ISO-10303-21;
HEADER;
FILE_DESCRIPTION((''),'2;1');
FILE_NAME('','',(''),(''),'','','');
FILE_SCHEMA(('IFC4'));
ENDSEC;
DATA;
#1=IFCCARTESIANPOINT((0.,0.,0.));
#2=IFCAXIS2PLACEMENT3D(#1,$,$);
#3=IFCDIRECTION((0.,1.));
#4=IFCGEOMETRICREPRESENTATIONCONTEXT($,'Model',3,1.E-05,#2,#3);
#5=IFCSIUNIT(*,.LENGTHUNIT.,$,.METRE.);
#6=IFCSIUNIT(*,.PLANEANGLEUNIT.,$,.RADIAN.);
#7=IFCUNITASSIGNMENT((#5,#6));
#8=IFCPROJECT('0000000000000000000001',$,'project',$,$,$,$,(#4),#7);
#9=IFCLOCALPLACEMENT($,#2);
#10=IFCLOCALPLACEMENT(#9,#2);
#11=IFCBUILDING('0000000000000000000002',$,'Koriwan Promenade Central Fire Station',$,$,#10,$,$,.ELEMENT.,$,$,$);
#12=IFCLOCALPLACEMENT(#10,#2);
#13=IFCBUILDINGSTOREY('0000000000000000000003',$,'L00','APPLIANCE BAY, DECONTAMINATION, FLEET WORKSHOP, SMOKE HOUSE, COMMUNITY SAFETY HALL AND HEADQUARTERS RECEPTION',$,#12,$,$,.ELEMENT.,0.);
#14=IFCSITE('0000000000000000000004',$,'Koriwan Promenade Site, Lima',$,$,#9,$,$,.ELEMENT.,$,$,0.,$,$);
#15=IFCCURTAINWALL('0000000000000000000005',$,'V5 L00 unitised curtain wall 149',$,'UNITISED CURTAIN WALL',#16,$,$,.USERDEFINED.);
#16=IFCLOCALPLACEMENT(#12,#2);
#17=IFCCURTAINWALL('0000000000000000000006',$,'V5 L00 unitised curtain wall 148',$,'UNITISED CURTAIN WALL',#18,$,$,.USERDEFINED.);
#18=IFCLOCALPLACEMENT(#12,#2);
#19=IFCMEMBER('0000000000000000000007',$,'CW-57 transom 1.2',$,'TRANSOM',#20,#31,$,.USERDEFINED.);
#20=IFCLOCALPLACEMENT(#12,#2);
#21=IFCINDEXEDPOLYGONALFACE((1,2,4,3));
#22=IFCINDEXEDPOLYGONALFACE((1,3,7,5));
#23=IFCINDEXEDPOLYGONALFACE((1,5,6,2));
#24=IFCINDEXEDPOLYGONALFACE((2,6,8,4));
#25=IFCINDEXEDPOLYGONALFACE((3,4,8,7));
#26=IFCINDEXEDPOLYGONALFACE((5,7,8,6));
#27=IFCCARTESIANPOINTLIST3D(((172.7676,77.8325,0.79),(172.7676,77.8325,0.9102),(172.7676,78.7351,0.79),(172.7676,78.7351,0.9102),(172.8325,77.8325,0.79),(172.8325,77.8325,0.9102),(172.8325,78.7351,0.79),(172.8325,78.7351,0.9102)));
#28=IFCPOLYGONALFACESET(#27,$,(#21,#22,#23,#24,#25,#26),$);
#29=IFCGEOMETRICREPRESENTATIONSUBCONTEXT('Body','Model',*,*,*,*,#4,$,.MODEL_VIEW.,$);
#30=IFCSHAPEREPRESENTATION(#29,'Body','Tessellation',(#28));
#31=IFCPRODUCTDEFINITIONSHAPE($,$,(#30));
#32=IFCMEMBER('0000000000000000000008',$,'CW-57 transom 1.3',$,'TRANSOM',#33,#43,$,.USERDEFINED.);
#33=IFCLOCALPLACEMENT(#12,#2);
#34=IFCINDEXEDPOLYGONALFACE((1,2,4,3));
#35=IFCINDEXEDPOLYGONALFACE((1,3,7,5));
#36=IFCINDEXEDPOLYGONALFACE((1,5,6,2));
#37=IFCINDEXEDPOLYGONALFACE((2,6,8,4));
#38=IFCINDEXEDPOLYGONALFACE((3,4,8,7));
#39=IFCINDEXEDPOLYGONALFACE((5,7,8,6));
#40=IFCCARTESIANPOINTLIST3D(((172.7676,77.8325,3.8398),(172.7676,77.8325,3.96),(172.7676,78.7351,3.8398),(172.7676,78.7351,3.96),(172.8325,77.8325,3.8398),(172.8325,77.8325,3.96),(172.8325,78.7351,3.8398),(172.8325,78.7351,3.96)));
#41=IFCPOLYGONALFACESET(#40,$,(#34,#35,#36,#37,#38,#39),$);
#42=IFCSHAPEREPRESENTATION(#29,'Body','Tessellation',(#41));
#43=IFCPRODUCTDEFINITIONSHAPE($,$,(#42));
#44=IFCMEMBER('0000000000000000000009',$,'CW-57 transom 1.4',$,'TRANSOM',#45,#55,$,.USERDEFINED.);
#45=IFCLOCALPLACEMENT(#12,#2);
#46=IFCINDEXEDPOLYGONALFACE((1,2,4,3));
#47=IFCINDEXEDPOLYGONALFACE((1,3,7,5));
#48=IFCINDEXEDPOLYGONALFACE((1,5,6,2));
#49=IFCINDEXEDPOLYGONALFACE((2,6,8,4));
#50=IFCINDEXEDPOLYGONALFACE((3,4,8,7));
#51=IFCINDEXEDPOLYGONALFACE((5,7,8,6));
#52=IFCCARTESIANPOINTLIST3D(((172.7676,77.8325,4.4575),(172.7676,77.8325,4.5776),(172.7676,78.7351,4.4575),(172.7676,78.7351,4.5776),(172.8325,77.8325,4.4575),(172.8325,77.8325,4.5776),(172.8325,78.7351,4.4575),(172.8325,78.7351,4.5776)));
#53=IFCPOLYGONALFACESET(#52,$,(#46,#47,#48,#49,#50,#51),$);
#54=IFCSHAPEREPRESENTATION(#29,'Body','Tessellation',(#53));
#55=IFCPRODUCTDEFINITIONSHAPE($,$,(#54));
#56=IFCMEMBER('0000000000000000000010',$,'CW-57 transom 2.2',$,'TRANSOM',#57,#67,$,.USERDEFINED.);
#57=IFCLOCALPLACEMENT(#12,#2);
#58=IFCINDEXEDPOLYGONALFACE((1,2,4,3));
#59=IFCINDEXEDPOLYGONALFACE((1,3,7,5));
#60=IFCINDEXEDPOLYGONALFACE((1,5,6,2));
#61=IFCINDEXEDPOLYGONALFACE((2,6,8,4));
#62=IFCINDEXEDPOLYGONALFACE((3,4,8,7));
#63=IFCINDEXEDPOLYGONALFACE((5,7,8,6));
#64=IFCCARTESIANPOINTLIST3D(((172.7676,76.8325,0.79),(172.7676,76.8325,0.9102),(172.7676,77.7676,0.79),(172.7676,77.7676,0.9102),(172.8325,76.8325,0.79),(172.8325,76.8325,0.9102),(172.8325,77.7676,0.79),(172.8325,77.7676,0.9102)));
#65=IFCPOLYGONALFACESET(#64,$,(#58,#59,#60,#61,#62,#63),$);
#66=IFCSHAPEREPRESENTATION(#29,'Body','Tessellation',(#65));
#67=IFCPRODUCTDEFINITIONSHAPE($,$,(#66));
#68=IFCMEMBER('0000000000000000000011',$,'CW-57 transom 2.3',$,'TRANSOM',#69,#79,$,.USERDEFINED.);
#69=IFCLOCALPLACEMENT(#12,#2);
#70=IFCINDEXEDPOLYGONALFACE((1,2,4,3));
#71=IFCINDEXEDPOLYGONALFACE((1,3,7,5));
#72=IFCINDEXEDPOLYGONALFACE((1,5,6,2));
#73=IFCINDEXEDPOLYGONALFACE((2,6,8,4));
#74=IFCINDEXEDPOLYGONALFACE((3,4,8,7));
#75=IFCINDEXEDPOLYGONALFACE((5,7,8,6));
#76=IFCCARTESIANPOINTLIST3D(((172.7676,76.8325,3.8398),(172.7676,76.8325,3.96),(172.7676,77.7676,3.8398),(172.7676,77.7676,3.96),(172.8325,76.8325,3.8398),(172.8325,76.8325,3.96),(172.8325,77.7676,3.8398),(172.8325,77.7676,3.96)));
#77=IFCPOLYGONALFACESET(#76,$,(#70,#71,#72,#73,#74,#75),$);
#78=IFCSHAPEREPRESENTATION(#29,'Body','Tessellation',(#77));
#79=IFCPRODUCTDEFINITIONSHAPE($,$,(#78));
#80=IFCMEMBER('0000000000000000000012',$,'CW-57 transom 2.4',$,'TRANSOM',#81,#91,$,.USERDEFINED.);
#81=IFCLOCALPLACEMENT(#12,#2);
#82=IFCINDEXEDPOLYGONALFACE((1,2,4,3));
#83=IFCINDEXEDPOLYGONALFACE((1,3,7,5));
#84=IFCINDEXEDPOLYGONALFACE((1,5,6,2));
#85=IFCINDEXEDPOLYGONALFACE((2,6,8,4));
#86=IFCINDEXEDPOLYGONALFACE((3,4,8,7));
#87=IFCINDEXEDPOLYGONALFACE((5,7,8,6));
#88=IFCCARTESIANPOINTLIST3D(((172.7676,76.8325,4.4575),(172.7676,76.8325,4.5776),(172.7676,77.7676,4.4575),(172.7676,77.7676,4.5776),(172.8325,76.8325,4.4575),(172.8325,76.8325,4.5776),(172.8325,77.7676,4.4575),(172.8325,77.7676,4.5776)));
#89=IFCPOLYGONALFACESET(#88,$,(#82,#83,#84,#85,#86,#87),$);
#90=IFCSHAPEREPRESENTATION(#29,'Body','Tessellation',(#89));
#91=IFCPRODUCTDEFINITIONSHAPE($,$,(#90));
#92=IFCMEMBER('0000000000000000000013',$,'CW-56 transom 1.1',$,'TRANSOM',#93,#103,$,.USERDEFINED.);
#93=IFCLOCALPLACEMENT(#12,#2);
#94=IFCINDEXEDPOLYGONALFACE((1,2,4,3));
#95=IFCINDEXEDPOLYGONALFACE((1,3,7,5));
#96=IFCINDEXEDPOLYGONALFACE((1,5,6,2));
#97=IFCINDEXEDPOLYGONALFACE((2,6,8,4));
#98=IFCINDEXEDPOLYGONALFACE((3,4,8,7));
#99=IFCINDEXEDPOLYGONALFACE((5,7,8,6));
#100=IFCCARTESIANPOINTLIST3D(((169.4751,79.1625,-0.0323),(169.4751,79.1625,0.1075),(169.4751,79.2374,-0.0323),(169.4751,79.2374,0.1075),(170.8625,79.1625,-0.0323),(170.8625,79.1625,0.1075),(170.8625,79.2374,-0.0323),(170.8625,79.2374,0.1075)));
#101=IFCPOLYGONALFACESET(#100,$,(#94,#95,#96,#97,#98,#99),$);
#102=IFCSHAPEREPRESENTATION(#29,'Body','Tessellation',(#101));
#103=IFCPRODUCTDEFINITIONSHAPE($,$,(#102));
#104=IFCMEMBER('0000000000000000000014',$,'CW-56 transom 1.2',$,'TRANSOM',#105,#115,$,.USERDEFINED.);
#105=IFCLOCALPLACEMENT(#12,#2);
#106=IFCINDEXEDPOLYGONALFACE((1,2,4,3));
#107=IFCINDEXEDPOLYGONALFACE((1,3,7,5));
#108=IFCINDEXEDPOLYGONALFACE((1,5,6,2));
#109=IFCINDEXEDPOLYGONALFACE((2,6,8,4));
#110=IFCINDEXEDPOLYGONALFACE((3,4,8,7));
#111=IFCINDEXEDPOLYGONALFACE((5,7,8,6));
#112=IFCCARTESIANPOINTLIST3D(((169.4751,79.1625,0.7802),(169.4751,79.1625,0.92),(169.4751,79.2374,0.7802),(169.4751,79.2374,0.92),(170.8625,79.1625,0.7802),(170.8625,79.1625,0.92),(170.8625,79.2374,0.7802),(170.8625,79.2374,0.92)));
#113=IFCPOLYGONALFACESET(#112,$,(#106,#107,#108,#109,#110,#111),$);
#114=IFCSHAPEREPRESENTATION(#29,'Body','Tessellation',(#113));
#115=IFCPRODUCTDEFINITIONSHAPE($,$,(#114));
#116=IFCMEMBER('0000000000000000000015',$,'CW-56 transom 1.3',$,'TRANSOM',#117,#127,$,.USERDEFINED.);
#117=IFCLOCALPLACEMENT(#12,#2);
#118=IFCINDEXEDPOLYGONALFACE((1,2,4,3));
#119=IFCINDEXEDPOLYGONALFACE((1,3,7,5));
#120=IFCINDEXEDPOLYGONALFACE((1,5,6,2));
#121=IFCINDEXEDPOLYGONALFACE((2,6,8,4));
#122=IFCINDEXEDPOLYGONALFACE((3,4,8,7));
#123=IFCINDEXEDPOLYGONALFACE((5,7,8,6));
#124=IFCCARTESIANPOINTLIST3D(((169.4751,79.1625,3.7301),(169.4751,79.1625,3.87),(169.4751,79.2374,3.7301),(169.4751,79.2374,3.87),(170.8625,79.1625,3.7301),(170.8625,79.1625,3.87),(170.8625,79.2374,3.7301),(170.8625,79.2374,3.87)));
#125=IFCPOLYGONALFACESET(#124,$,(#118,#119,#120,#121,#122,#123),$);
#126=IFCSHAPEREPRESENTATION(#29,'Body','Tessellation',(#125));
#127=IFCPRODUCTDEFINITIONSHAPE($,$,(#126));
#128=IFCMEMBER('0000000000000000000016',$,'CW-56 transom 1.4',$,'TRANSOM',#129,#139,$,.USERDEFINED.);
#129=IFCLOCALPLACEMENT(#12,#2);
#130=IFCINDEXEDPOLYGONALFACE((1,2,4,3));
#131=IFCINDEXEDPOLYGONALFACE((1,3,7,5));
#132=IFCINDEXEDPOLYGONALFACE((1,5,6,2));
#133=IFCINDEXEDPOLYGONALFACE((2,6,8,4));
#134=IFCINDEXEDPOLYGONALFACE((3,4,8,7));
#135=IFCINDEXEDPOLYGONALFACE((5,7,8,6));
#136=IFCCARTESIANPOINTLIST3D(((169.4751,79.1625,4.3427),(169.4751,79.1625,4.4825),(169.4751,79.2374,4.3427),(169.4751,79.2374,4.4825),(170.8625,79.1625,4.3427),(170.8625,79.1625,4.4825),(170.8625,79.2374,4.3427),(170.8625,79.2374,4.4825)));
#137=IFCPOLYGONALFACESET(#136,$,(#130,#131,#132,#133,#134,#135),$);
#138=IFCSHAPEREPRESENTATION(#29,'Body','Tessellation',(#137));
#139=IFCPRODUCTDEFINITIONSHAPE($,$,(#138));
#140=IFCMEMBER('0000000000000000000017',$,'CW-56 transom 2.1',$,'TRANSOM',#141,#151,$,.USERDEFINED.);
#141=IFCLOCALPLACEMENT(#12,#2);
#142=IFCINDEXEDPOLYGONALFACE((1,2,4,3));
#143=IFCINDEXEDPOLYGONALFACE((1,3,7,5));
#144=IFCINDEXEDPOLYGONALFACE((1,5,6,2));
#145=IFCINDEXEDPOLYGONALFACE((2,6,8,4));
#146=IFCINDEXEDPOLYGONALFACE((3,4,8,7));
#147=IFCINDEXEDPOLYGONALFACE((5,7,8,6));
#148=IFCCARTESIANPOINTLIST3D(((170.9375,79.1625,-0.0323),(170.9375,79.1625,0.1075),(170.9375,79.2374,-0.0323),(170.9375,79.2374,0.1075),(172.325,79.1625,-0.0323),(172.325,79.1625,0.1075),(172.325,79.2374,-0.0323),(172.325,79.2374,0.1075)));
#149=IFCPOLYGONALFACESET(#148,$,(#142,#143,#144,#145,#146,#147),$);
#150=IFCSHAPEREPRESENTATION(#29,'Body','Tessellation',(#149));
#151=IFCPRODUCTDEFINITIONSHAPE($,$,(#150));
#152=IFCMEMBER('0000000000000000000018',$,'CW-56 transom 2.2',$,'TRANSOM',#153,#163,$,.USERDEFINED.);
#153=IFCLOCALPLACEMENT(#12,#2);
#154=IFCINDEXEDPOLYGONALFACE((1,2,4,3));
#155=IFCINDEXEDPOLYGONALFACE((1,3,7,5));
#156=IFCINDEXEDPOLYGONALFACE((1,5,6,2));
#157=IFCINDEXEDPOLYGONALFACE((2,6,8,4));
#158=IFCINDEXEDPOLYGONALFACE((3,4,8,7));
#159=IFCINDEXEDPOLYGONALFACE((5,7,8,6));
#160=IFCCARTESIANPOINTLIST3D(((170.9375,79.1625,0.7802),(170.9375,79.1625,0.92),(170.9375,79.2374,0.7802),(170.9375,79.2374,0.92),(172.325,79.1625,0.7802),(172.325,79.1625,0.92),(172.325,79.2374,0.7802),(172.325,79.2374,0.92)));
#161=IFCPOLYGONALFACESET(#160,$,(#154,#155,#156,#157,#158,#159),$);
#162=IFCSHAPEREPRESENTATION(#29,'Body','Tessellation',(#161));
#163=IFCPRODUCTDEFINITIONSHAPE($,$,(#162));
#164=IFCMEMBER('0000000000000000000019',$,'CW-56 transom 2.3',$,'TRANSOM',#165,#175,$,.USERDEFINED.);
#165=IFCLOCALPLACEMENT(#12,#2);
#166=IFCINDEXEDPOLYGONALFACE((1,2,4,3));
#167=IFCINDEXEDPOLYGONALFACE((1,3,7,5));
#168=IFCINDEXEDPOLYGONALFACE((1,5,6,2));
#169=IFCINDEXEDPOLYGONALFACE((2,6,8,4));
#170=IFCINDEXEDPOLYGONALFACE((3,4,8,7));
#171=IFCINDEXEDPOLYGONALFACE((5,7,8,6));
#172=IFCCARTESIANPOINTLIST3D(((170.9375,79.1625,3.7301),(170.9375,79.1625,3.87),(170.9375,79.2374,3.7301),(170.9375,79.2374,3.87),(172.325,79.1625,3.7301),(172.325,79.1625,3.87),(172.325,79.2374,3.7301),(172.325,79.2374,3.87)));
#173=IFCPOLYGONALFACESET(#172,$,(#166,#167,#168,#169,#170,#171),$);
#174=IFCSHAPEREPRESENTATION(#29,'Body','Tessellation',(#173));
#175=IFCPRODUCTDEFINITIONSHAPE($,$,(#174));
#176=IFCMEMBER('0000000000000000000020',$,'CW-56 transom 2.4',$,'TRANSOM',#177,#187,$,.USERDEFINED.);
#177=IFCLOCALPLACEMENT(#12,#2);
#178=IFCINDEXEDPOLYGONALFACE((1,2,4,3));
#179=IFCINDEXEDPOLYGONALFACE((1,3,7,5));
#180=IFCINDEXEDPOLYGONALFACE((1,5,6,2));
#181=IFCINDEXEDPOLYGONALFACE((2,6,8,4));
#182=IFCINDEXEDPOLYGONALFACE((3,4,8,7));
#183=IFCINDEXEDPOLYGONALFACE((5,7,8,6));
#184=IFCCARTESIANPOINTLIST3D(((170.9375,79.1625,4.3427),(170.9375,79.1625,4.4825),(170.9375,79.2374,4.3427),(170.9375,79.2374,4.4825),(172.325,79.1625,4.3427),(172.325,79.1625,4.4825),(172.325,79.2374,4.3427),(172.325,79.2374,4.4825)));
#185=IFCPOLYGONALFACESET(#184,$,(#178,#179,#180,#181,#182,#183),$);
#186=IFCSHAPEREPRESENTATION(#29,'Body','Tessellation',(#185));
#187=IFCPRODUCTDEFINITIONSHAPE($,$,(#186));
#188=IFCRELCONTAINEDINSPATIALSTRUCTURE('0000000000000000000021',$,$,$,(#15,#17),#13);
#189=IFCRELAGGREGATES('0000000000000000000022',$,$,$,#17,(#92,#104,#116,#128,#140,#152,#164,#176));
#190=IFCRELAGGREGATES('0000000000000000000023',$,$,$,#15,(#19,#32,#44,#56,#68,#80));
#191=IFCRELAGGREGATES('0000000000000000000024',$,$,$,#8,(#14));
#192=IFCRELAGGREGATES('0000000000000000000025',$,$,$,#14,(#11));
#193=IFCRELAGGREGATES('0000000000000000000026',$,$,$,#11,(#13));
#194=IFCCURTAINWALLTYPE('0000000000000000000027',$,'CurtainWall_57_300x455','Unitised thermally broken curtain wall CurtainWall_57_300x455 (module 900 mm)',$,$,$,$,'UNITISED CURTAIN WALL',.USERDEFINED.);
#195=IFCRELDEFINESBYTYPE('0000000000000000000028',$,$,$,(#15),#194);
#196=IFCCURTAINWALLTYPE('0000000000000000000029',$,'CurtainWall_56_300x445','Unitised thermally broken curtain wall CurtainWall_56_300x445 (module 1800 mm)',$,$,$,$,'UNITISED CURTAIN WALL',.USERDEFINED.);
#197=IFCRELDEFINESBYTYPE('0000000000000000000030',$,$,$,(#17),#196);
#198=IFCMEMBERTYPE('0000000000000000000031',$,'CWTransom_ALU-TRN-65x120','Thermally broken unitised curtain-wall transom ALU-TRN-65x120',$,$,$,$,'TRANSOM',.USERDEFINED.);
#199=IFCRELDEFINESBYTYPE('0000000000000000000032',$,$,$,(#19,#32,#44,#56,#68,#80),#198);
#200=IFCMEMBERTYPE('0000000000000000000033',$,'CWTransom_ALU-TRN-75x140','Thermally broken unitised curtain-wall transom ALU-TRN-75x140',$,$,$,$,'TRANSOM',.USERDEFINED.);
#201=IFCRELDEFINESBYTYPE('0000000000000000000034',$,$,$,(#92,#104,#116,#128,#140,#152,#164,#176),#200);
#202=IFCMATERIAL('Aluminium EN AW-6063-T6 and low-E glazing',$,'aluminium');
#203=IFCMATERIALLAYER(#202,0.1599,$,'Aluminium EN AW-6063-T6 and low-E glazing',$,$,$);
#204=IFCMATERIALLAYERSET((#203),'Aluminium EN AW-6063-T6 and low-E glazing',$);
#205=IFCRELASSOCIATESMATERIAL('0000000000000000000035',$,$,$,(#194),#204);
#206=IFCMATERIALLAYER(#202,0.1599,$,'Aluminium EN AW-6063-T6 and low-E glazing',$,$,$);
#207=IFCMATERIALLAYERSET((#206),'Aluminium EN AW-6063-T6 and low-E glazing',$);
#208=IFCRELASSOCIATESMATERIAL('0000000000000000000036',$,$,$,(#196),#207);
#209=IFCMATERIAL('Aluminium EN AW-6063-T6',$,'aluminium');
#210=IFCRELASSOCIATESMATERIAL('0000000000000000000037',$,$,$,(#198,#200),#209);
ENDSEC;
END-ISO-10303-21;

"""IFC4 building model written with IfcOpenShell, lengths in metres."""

from ifc_helpers import new_model, si_unit, direction, frame, origin, origin_2d, place, context, subcontext, project, spatial, rectangle, extrude, material, layer, layer_set, material_profile, profile_set, type_object, element, aggregate, save


model = new_model("IFC4")

# Units and contexts
model_context = context("Model", 3, precision=1e-05, world=origin(), true_north=direction((0.0, 1.0)))
body_context = subcontext(model_context, "Body", "Model", "MODEL_VIEW")
ifc_project = project(units=[si_unit("LENGTHUNIT", "METRE"), si_unit("PLANEANGLEUNIT", "RADIAN")], contexts=[model_context])

# Site, building, storey
site_placement = place(None, origin())
site = spatial("IfcSite", under=ifc_project, at=site_placement, Name="Koriwan Promenade Site, Lima", CompositionType="ELEMENT", RefElevation=0.0)
building_placement = place(site_placement, origin())
building = spatial("IfcBuilding", under=site, at=building_placement, Name="Koriwan Promenade Central Fire Station", CompositionType="ELEMENT")
storey_placement = place(building_placement, origin())
storey = spatial("IfcBuildingStorey", under=building, at=storey_placement, Name="L00", Description="APPLIANCE BAY, DECONTAMINATION, FLEET WORKSHOP, SMOKE HOUSE, COMMUNITY SAFETY HALL AND HEADQUARTERS RECEPTION", CompositionType="ELEMENT", Elevation=0.0)

# Curtain walls
ifc_material_1 = material(Name="Aluminium EN AW-6063-T6 and low-E glazing", Category="aluminium")
ifc_layer_1 = layer(ifc_material_1, 0.1599, Name="Aluminium EN AW-6063-T6 and low-E glazing")
ifc_layer_set_1 = layer_set([ifc_layer_1], Name="Aluminium EN AW-6063-T6 and low-E glazing")
curtain_wall_type_1 = type_object("IfcCurtainWallType", Name="CurtainWall_57_300x455", Description="Unitised thermally broken curtain wall CurtainWall_57_300x455 (module 900 mm)", ElementType="UNITISED CURTAIN WALL", PredefinedType="USERDEFINED", material=ifc_layer_set_1)
curtain_wall_1_placement = place(storey_placement, origin())
curtain_wall_1 = element("IfcCurtainWall", 1, at=curtain_wall_1_placement, inside=storey, type_object=curtain_wall_type_1, Name="V5 L00 unitised curtain wall 149", ObjectType="UNITISED CURTAIN WALL", PredefinedType="USERDEFINED")
ifc_material_2 = material(Name="Aluminium EN AW-6063-T6", Category="aluminium")
ifc_layer_2 = layer(ifc_material_1, 0.1599, Name="Aluminium EN AW-6063-T6 and low-E glazing")
ifc_layer_set_2 = layer_set([ifc_layer_2], Name="Aluminium EN AW-6063-T6 and low-E glazing")
curtain_wall_type_2 = type_object("IfcCurtainWallType", Name="CurtainWall_56_300x445", Description="Unitised thermally broken curtain wall CurtainWall_56_300x445 (module 1800 mm)", ElementType="UNITISED CURTAIN WALL", PredefinedType="USERDEFINED", material=ifc_layer_set_2)
curtain_wall_2_placement = place(storey_placement, origin())
curtain_wall_2 = element("IfcCurtainWall", 2, at=curtain_wall_2_placement, inside=storey, type_object=curtain_wall_type_2, Name="V5 L00 unitised curtain wall 148", ObjectType="UNITISED CURTAIN WALL", PredefinedType="USERDEFINED")

# Members
ifc_material_profile_1 = material_profile(ifc_material_2, rectangle(XDim=0.0649, YDim=0.1201, at=origin_2d()), Name="ALU-TRN-65x120")
ifc_profile_set_1 = profile_set([ifc_material_profile_1], Name="Aluminium EN AW-6063-T6")
member_type_1 = type_object("IfcMemberType", Name="CWTransom_ALU-TRN-65x120", Description="Thermally broken unitised curtain-wall transom ALU-TRN-65x120", ElementType="TRANSOM", PredefinedType="USERDEFINED", material=ifc_profile_set_1)
member_1_placement = place(storey_placement, frame((172.8, 78.7351, 0.8501), z_axis=(0.0, -1.0, 0.0), x_axis=(1.0, 0.0, 0.0)))
member_1 = element("IfcMember", 3, at=member_1_placement, type_object=member_type_1, Name="CW-57 transom 1.2", ObjectType="TRANSOM", PredefinedType="USERDEFINED", context=body_context, shape_type="SweptSolid", body=[
    extrude(rectangle(XDim=0.0649, YDim=0.1201, at=origin_2d()), origin(), (0.0, 0.0, 1.0), 0.9026),
])
member_2_placement = place(storey_placement, frame((172.8, 78.7351, 3.8999), z_axis=(0.0, -1.0, 0.0), x_axis=(1.0, 0.0, 0.0)))
member_2 = element("IfcMember", 4, at=member_2_placement, type_object=member_type_1, Name="CW-57 transom 1.3", ObjectType="TRANSOM", PredefinedType="USERDEFINED", context=body_context, shape_type="SweptSolid", body=[
    extrude(rectangle(XDim=0.0649, YDim=0.1201, at=origin_2d()), origin(), (0.0, 0.0, 1.0), 0.9026),
])
member_3_placement = place(storey_placement, frame((172.8, 78.7351, 4.5176), z_axis=(0.0, -1.0, 0.0), x_axis=(1.0, 0.0, 0.0)))
member_3 = element("IfcMember", 5, at=member_3_placement, type_object=member_type_1, Name="CW-57 transom 1.4", ObjectType="TRANSOM", PredefinedType="USERDEFINED", context=body_context, shape_type="SweptSolid", body=[
    extrude(rectangle(XDim=0.0649, YDim=0.1201, at=origin_2d()), origin(), (0.0, 0.0, 1.0), 0.9026),
])
member_4_placement = place(storey_placement, frame((172.8, 77.7676, 0.8501), z_axis=(0.0, -1.0, 0.0), x_axis=(1.0, 0.0, 0.0)))
member_4 = element("IfcMember", 6, at=member_4_placement, type_object=member_type_1, Name="CW-57 transom 2.2", ObjectType="TRANSOM", PredefinedType="USERDEFINED", context=body_context, shape_type="SweptSolid", body=[
    extrude(rectangle(XDim=0.0649, YDim=0.1201, at=origin_2d()), origin(), (0.0, 0.0, 1.0), 0.9351),
])
member_5_placement = place(storey_placement, frame((172.8, 77.7676, 3.8999), z_axis=(0.0, -1.0, 0.0), x_axis=(1.0, 0.0, 0.0)))
member_5 = element("IfcMember", 7, at=member_5_placement, type_object=member_type_1, Name="CW-57 transom 2.3", ObjectType="TRANSOM", PredefinedType="USERDEFINED", context=body_context, shape_type="SweptSolid", body=[
    extrude(rectangle(XDim=0.0649, YDim=0.1201, at=origin_2d()), origin(), (0.0, 0.0, 1.0), 0.9351),
])
member_6_placement = place(storey_placement, frame((172.8, 77.7676, 4.5176), z_axis=(0.0, -1.0, 0.0), x_axis=(1.0, 0.0, 0.0)))
member_6 = element("IfcMember", 8, at=member_6_placement, type_object=member_type_1, Name="CW-57 transom 2.4", ObjectType="TRANSOM", PredefinedType="USERDEFINED", context=body_context, shape_type="SweptSolid", body=[
    extrude(rectangle(XDim=0.0649, YDim=0.1201, at=origin_2d()), origin(), (0.0, 0.0, 1.0), 0.9351),
])
ifc_material_profile_2 = material_profile(ifc_material_2, rectangle(XDim=0.075, YDim=0.1399, at=origin_2d()), Name="ALU-TRN-75x140")
ifc_profile_set_2 = profile_set([ifc_material_profile_2], Name="Aluminium EN AW-6063-T6")
member_type_2 = type_object("IfcMemberType", Name="CWTransom_ALU-TRN-75x140", Description="Thermally broken unitised curtain-wall transom ALU-TRN-75x140", ElementType="TRANSOM", PredefinedType="USERDEFINED", material=ifc_profile_set_2)
member_7_placement = place(storey_placement, frame((169.4751, 79.2, 0.0376), z_axis=(1.0, 0.0, 0.0), x_axis=(0.0, 1.0, 0.0)))
member_7 = element("IfcMember", 9, at=member_7_placement, type_object=member_type_2, Name="CW-56 transom 1.1", ObjectType="TRANSOM", PredefinedType="USERDEFINED", context=body_context, shape_type="SweptSolid", body=[
    extrude(rectangle(XDim=0.075, YDim=0.1399, at=origin_2d()), origin(), (0.0, 0.0, 1.0), 1.3875),
])
member_8_placement = place(storey_placement, frame((169.4751, 79.2, 0.8501), z_axis=(1.0, 0.0, 0.0), x_axis=(0.0, 1.0, 0.0)))
member_8 = element("IfcMember", 10, at=member_8_placement, type_object=member_type_2, Name="CW-56 transom 1.2", ObjectType="TRANSOM", PredefinedType="USERDEFINED", context=body_context, shape_type="SweptSolid", body=[
    extrude(rectangle(XDim=0.075, YDim=0.1399, at=origin_2d()), origin(), (0.0, 0.0, 1.0), 1.3875),
])
member_9_placement = place(storey_placement, frame((169.4751, 79.2, 3.8), z_axis=(1.0, 0.0, 0.0), x_axis=(0.0, 1.0, 0.0)))
member_9 = element("IfcMember", 11, at=member_9_placement, type_object=member_type_2, Name="CW-56 transom 1.3", ObjectType="TRANSOM", PredefinedType="USERDEFINED", context=body_context, shape_type="SweptSolid", body=[
    extrude(rectangle(XDim=0.075, YDim=0.1399, at=origin_2d()), origin(), (0.0, 0.0, 1.0), 1.3875),
])
member_10_placement = place(storey_placement, frame((169.4751, 79.2, 4.4126), z_axis=(1.0, 0.0, 0.0), x_axis=(0.0, 1.0, 0.0)))
member_10 = element("IfcMember", 12, at=member_10_placement, type_object=member_type_2, Name="CW-56 transom 1.4", ObjectType="TRANSOM", PredefinedType="USERDEFINED", context=body_context, shape_type="SweptSolid", body=[
    extrude(rectangle(XDim=0.075, YDim=0.1399, at=origin_2d()), origin(), (0.0, 0.0, 1.0), 1.3875),
])
member_11_placement = place(storey_placement, frame((170.9375, 79.2, 0.0376), z_axis=(1.0, 0.0, 0.0), x_axis=(0.0, 1.0, 0.0)))
member_11 = element("IfcMember", 13, at=member_11_placement, type_object=member_type_2, Name="CW-56 transom 2.1", ObjectType="TRANSOM", PredefinedType="USERDEFINED", context=body_context, shape_type="SweptSolid", body=[
    extrude(rectangle(XDim=0.075, YDim=0.1399, at=origin_2d()), origin(), (0.0, 0.0, 1.0), 1.3875),
])
member_12_placement = place(storey_placement, frame((170.9375, 79.2, 0.8501), z_axis=(1.0, 0.0, 0.0), x_axis=(0.0, 1.0, 0.0)))
member_12 = element("IfcMember", 14, at=member_12_placement, type_object=member_type_2, Name="CW-56 transom 2.2", ObjectType="TRANSOM", PredefinedType="USERDEFINED", context=body_context, shape_type="SweptSolid", body=[
    extrude(rectangle(XDim=0.075, YDim=0.1399, at=origin_2d()), origin(), (0.0, 0.0, 1.0), 1.3875),
])
member_13_placement = place(storey_placement, frame((170.9375, 79.2, 3.8), z_axis=(1.0, 0.0, 0.0), x_axis=(0.0, 1.0, 0.0)))
member_13 = element("IfcMember", 15, at=member_13_placement, type_object=member_type_2, Name="CW-56 transom 2.3", ObjectType="TRANSOM", PredefinedType="USERDEFINED", context=body_context, shape_type="SweptSolid", body=[
    extrude(rectangle(XDim=0.075, YDim=0.1399, at=origin_2d()), origin(), (0.0, 0.0, 1.0), 1.3875),
])
member_14_placement = place(storey_placement, frame((170.9375, 79.2, 4.4126), z_axis=(1.0, 0.0, 0.0), x_axis=(0.0, 1.0, 0.0)))
member_14 = element("IfcMember", 16, at=member_14_placement, type_object=member_type_2, Name="CW-56 transom 2.4", ObjectType="TRANSOM", PredefinedType="USERDEFINED", context=body_context, shape_type="SweptSolid", body=[
    extrude(rectangle(XDim=0.075, YDim=0.1399, at=origin_2d()), origin(), (0.0, 0.0, 1.0), 1.3875),
])

aggregate(curtain_wall_2, [member_7, member_8, member_9, member_10, member_11, member_12, member_13, member_14])
aggregate(curtain_wall_1, [member_1, member_2, member_3, member_4, member_5, member_6])

save(model, "model.ifc")
